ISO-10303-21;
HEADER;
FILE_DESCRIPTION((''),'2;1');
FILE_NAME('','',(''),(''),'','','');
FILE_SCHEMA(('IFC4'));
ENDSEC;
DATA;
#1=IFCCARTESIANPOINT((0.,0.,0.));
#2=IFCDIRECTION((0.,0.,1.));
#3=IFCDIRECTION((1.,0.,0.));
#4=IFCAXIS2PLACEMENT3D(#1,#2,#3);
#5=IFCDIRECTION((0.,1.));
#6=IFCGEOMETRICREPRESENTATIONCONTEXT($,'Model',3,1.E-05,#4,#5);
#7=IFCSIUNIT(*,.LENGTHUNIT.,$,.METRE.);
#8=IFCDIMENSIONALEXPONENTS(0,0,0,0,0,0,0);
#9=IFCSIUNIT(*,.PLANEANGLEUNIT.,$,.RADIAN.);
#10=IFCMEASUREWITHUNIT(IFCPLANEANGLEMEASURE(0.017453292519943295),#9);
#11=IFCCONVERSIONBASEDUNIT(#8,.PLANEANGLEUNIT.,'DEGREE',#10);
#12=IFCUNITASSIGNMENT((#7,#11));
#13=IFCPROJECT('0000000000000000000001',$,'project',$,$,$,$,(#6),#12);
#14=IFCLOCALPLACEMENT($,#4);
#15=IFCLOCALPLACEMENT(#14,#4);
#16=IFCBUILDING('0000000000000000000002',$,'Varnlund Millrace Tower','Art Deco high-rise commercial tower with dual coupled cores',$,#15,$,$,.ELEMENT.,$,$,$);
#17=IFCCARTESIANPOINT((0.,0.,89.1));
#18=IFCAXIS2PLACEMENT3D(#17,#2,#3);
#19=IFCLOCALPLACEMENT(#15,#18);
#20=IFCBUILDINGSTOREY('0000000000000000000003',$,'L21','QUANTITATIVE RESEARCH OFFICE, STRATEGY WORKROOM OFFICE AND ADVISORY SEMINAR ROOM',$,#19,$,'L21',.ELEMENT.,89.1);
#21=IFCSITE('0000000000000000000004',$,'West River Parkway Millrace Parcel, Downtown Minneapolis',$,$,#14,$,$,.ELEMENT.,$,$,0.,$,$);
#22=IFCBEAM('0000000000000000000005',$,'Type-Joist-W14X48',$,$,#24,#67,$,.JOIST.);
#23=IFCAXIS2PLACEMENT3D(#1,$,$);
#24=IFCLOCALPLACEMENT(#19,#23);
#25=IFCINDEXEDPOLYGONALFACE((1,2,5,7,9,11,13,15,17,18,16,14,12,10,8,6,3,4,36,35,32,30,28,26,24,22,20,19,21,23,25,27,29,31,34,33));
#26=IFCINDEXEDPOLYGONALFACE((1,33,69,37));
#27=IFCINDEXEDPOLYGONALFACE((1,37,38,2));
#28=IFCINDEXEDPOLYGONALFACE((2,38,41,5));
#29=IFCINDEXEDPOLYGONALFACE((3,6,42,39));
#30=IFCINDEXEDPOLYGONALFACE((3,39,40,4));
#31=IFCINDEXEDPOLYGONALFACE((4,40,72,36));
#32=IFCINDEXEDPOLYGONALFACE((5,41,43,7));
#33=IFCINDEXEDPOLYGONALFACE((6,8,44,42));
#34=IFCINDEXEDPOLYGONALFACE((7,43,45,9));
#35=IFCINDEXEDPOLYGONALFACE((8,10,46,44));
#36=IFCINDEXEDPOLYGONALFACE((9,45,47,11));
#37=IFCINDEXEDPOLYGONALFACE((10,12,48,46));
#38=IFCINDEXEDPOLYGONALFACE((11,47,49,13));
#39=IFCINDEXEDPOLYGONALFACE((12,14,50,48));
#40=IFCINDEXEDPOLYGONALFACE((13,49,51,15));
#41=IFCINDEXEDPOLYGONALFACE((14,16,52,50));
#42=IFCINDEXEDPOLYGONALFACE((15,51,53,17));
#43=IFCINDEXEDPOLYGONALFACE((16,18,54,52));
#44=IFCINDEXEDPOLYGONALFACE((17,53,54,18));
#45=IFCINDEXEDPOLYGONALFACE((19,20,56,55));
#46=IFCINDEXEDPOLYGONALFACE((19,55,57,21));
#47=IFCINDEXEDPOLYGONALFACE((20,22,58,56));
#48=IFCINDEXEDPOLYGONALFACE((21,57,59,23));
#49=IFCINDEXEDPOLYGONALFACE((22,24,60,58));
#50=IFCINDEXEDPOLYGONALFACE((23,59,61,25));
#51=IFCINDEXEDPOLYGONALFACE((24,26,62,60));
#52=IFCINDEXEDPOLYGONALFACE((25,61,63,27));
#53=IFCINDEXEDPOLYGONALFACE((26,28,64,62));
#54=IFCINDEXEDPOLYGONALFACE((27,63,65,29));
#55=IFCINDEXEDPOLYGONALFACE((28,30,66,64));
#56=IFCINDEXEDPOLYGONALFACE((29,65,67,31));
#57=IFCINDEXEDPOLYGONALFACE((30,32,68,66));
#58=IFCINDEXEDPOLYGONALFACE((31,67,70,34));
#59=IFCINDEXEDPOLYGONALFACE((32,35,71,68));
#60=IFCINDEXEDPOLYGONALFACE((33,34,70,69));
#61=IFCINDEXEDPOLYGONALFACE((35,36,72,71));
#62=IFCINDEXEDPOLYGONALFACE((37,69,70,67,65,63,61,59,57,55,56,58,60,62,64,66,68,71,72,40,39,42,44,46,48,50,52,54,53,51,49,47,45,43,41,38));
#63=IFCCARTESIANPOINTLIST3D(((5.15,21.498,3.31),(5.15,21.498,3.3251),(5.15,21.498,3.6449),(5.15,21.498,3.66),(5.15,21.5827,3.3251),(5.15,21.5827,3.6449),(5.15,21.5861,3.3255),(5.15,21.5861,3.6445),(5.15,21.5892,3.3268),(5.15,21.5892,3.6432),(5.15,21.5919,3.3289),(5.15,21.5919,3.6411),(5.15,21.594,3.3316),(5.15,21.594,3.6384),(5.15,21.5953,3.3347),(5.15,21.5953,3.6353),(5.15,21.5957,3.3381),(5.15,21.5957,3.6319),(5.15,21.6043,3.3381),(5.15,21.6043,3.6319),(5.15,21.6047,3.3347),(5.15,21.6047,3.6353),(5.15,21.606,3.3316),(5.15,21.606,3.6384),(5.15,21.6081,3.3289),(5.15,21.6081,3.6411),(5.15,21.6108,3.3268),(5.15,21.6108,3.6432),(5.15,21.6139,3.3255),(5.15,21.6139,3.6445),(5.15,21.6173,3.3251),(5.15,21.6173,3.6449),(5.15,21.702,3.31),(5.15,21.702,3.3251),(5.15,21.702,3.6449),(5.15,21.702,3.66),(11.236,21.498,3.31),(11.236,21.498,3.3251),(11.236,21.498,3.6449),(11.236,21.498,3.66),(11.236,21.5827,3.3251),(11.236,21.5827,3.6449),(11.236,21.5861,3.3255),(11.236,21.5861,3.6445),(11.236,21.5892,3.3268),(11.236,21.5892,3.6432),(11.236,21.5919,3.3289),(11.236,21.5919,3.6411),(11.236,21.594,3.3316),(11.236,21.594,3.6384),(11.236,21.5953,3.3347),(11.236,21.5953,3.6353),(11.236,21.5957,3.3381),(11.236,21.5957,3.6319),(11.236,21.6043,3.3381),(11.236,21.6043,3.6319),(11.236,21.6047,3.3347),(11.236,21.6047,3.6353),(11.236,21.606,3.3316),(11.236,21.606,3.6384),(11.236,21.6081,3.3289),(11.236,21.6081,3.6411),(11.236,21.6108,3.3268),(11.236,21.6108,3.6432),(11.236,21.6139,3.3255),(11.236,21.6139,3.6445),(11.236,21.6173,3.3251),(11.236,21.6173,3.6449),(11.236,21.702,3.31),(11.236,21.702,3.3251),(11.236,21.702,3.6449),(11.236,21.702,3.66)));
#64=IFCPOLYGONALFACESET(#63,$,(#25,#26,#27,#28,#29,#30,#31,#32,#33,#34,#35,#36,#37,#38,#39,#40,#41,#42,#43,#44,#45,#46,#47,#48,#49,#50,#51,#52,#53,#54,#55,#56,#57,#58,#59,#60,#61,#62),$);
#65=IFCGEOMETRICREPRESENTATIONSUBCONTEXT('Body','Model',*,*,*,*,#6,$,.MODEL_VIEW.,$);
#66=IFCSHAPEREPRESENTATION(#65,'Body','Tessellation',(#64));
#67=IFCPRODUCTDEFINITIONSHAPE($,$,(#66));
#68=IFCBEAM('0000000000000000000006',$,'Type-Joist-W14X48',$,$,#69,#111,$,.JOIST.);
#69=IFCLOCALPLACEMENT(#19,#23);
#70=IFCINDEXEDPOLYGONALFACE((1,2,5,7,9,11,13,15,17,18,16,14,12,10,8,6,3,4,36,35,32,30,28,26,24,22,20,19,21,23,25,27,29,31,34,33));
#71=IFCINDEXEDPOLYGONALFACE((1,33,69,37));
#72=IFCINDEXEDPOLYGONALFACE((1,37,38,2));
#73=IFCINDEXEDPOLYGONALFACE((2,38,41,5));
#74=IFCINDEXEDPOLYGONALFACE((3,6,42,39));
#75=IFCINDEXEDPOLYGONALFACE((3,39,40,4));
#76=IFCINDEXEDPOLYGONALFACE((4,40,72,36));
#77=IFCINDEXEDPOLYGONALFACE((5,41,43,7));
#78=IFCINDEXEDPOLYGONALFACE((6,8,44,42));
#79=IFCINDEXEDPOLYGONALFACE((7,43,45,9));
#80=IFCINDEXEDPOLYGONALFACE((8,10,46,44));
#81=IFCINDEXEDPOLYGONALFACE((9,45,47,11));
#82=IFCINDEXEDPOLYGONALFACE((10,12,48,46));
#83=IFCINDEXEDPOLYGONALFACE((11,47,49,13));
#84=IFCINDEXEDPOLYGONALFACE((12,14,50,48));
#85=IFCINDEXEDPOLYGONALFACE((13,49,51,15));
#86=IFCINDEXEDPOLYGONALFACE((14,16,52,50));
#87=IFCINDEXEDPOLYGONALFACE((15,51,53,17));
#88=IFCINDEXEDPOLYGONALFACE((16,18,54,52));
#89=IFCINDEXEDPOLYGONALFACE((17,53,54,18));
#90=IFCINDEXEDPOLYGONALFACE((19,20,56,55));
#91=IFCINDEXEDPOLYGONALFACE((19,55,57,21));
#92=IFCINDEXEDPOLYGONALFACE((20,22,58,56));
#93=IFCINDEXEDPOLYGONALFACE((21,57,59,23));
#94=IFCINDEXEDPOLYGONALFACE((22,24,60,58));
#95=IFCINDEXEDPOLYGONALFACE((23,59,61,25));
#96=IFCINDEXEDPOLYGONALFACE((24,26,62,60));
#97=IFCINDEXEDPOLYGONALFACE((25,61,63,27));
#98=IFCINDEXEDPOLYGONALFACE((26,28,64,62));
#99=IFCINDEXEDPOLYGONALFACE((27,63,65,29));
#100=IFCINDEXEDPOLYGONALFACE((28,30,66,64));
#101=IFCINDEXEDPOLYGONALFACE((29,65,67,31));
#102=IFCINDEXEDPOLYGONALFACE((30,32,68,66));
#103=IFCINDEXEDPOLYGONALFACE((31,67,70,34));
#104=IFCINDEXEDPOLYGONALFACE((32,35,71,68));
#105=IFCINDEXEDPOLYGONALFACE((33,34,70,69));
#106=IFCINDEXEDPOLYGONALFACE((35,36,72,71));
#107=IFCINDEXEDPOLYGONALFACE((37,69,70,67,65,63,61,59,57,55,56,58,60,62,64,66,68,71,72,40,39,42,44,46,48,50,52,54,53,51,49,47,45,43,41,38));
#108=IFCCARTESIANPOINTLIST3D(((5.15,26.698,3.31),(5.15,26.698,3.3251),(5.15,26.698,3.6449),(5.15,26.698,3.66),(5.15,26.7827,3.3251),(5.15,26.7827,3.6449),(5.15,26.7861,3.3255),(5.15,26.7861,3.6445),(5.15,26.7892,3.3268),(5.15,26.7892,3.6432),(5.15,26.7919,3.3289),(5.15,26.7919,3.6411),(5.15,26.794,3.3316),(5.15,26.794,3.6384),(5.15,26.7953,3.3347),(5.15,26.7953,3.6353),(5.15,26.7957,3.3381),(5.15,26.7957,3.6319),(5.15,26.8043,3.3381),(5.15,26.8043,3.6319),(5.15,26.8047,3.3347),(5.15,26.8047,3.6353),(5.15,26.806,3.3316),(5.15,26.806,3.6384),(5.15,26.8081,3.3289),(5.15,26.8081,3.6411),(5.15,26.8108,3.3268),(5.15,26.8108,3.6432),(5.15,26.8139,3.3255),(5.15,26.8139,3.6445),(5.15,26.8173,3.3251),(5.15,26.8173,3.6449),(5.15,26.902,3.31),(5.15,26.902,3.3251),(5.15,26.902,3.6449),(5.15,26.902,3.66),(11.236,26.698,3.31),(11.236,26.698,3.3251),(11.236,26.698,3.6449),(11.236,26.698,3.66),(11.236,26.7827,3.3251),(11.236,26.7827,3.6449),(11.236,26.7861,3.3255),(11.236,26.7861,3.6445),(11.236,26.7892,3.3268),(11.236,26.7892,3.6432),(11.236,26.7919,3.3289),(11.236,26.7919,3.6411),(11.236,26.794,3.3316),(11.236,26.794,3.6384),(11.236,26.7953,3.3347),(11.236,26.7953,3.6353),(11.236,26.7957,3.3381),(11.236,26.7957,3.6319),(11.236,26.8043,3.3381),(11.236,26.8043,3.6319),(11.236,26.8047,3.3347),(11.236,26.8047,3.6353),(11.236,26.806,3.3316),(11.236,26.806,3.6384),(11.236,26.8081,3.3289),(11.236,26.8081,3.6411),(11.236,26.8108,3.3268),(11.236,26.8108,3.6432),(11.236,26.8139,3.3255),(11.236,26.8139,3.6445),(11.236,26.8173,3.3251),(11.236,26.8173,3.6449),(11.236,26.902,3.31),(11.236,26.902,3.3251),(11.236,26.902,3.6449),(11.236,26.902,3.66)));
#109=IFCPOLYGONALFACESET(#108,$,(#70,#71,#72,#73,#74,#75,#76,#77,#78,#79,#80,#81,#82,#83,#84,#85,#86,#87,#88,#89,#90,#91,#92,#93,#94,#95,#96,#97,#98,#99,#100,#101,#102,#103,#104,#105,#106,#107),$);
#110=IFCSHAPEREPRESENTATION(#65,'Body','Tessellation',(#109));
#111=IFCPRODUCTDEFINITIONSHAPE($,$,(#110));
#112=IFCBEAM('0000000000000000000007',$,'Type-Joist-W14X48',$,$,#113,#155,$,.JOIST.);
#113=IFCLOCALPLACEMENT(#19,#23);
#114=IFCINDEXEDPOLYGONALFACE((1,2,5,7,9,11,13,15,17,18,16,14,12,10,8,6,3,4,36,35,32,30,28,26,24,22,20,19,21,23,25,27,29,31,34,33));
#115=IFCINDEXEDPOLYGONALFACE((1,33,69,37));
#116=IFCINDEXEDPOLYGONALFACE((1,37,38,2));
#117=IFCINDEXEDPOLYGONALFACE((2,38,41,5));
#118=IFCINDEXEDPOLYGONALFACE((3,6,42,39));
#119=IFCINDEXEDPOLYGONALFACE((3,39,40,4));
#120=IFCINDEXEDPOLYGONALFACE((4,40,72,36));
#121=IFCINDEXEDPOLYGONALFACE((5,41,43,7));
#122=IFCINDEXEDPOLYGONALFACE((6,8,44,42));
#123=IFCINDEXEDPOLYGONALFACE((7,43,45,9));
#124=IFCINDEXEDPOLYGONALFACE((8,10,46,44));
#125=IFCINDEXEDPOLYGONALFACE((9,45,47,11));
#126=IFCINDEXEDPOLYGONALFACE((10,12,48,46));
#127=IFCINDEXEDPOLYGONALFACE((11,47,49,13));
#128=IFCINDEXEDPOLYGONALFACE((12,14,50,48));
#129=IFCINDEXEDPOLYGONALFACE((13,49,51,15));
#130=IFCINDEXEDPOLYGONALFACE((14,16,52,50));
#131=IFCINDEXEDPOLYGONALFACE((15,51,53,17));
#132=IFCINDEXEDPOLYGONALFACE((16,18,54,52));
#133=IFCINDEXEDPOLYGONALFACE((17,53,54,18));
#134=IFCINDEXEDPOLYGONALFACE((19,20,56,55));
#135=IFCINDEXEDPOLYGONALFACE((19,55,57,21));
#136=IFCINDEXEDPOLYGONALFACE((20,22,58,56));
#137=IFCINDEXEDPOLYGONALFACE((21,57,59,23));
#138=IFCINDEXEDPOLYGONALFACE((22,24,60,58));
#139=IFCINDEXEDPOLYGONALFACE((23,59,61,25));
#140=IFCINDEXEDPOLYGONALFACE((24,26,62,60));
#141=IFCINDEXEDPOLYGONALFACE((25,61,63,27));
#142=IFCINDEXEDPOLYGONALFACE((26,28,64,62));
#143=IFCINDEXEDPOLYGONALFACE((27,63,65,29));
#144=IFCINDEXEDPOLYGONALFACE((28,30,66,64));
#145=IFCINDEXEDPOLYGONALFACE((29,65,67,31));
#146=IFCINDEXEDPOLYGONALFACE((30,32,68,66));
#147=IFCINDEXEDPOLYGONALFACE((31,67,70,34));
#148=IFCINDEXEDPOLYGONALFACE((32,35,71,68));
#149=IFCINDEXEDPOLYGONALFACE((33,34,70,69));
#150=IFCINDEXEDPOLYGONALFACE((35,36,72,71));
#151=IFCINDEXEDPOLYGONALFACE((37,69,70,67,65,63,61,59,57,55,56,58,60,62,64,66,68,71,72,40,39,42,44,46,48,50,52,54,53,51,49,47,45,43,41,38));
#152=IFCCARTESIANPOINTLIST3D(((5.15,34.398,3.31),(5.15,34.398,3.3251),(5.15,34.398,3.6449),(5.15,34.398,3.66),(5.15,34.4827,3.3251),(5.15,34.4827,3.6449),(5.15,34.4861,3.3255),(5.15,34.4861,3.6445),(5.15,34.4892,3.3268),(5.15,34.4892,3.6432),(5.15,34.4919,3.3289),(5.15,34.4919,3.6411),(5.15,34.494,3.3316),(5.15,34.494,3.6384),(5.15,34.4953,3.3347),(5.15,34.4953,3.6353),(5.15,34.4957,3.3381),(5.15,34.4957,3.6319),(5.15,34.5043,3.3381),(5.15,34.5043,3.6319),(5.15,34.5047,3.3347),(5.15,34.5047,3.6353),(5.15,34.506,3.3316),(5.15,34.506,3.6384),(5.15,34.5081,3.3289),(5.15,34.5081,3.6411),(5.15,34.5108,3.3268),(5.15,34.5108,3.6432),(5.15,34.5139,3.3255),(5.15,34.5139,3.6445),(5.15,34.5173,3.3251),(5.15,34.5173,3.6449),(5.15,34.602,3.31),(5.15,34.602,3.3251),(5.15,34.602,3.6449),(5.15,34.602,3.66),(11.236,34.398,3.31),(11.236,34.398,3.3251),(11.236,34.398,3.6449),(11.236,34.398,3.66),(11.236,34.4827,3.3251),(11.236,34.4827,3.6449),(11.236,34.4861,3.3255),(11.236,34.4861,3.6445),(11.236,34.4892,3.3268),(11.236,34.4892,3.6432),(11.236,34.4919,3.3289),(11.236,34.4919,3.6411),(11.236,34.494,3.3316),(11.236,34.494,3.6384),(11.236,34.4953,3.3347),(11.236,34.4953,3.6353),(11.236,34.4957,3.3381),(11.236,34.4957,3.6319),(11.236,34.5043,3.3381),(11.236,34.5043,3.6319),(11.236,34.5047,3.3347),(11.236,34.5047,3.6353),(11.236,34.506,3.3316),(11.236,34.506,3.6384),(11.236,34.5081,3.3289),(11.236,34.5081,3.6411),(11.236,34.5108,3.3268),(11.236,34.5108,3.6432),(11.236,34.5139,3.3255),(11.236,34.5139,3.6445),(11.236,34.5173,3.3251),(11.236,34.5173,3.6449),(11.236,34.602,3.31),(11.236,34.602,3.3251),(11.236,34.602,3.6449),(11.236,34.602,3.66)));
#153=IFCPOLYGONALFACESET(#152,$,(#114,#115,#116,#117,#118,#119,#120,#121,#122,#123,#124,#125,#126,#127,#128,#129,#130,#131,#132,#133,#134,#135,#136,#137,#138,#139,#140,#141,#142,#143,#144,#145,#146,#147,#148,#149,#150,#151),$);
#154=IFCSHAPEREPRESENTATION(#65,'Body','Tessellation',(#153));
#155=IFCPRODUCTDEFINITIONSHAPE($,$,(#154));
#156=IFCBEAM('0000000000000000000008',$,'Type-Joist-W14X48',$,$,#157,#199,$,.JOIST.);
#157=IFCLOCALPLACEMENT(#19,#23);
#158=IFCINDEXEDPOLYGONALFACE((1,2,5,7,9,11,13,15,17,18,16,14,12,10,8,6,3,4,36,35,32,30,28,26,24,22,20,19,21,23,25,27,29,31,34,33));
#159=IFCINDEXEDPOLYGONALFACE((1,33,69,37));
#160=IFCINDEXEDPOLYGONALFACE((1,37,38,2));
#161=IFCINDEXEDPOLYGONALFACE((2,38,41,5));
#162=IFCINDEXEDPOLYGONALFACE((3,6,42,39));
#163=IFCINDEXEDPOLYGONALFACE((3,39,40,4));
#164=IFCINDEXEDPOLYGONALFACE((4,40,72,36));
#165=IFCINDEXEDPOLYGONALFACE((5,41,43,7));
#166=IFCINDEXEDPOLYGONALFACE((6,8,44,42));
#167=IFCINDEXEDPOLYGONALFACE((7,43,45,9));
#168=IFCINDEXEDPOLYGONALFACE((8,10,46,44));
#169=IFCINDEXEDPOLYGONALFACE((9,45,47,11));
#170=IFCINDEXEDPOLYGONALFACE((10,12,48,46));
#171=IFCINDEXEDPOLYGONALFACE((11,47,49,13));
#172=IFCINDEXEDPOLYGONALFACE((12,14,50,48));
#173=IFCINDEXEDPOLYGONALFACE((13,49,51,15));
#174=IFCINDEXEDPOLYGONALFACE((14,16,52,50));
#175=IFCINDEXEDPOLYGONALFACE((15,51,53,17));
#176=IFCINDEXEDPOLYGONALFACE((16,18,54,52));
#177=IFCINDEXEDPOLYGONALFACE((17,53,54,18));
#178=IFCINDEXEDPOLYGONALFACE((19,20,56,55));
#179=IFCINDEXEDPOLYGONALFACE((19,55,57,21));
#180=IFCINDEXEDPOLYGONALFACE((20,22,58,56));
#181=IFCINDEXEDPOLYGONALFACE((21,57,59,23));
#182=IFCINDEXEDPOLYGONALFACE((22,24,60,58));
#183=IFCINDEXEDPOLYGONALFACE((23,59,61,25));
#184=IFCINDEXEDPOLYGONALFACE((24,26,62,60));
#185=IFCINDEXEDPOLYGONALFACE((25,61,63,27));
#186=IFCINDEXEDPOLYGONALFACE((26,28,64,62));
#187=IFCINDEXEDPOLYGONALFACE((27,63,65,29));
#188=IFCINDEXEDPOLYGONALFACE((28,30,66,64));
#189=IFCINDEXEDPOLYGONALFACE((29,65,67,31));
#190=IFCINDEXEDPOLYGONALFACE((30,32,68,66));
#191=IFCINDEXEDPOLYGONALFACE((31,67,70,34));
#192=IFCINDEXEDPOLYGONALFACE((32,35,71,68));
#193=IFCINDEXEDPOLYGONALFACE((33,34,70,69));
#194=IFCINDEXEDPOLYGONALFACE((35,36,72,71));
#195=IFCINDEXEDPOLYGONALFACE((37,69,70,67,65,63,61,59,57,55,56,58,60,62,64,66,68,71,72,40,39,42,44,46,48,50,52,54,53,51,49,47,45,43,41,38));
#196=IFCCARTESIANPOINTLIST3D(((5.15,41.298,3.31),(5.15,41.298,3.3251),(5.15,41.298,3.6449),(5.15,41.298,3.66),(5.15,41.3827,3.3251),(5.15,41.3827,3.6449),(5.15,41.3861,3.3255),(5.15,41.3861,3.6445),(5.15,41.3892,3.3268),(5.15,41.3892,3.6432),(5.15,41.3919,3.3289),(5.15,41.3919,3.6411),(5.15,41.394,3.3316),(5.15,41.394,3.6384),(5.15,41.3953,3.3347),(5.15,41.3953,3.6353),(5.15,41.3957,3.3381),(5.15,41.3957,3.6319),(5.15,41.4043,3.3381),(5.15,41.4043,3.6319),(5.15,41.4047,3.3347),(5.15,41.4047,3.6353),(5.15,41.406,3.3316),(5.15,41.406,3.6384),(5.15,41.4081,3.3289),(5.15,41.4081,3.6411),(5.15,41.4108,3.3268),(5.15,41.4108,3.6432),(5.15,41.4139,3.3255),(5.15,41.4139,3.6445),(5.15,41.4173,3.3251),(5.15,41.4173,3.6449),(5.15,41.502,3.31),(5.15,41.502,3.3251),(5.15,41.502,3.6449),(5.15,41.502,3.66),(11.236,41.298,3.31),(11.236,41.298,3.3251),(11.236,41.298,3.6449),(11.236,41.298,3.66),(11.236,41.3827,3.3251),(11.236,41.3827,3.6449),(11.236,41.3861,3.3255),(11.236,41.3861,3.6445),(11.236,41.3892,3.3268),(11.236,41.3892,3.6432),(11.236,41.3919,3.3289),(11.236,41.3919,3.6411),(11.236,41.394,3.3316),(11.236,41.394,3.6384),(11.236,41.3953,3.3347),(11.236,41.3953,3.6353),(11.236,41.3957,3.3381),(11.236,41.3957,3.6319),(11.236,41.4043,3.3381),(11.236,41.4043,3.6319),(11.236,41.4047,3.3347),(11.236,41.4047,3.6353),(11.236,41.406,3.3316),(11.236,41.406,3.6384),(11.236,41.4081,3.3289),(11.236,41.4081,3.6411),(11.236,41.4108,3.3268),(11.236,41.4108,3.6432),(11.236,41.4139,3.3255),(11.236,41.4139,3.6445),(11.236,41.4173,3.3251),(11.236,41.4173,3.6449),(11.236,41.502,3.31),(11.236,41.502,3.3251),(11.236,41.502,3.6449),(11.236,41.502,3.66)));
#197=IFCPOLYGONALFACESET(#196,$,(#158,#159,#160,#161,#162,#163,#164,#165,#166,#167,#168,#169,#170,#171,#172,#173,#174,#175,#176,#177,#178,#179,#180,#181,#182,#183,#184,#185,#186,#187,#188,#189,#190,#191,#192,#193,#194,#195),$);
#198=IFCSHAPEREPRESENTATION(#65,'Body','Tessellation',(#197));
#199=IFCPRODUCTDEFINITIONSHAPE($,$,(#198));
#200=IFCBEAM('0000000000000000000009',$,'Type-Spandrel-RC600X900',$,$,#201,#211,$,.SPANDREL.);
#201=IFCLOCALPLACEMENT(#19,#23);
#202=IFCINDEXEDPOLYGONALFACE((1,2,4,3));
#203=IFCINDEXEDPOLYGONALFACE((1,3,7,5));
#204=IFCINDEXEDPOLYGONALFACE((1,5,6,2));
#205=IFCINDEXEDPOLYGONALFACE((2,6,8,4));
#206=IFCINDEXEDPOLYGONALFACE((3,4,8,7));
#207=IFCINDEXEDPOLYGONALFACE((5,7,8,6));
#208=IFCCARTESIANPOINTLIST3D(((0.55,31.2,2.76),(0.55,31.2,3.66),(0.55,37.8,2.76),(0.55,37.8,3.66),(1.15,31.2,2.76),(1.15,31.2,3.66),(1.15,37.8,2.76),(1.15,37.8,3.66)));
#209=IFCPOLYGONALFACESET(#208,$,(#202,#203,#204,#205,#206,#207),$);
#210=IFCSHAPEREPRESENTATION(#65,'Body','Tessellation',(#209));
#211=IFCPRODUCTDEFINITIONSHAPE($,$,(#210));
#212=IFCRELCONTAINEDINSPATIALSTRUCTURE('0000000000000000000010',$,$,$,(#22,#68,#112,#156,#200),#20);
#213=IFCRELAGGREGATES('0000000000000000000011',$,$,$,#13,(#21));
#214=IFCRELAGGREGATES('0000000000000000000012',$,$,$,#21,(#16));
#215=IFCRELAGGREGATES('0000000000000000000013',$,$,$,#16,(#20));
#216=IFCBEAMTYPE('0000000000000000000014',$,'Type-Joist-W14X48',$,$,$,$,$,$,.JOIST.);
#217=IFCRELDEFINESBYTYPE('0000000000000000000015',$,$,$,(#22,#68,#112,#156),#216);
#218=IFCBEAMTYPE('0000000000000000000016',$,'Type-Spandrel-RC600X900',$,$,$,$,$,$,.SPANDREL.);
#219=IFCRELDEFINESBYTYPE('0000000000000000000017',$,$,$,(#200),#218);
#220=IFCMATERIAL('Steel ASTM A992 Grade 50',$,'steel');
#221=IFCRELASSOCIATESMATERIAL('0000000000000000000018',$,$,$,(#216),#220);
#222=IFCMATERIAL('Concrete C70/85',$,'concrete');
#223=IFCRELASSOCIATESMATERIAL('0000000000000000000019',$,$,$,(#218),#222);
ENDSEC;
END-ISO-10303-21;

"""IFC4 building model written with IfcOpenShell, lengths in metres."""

from ifc_helpers import new_model, entity, si_unit, converted_unit, direction, frame, origin_with_axes, origin_2d_with_axis, place, context, subcontext, project, spatial, rectangle, i_section, extrude, material, material_profile, profile_set, type_object, element, save


model = new_model("IFC4")

# Units and contexts
model_context = context("Model", 3, precision=1e-05, world=origin_with_axes(), true_north=direction((0.0, 1.0)))
body_context = subcontext(model_context, "Body", "Model", "MODEL_VIEW")
ifc_project = project(units=[si_unit("LENGTHUNIT", "METRE"), converted_unit("PLANEANGLEUNIT", "DEGREE", entity("IfcPlaneAngleMeasure", 0.017453292519943295), si_unit("PLANEANGLEUNIT", "RADIAN"), dimensions=[0, 0, 0, 0, 0, 0, 0])], contexts=[model_context])

# Site, building, storey
site_placement = place(None, origin_with_axes())
site = spatial("IfcSite", under=ifc_project, at=site_placement, Name="West River Parkway Millrace Parcel, Downtown Minneapolis", CompositionType="ELEMENT", RefElevation=0.0)
building_placement = place(site_placement, origin_with_axes())
building = spatial("IfcBuilding", under=site, at=building_placement, Name="Varnlund Millrace Tower", Description="Art Deco high-rise commercial tower with dual coupled cores", CompositionType="ELEMENT")
storey_placement = place(building_placement, frame((0.0, 0.0, 89.1), z_axis=(0.0, 0.0, 1.0), x_axis=(1.0, 0.0, 0.0)))
storey = spatial("IfcBuildingStorey", under=building, at=storey_placement, Name="L21", Description="QUANTITATIVE RESEARCH OFFICE, STRATEGY WORKROOM OFFICE AND ADVISORY SEMINAR ROOM", LongName="L21", CompositionType="ELEMENT", Elevation=89.1)

# Beams
ifc_material_1 = material(Name="Steel ASTM A992 Grade 50", Category="steel")
ifc_material_profile_1 = material_profile(ifc_material_1, i_section(OverallWidth=0.204, OverallDepth=0.35, WebThickness=0.0086, FlangeThickness=0.0151, FilletRadius=0.013, at=origin_2d_with_axis()), Name="Steel ASTM A992 Grade 50")
ifc_profile_set_1 = profile_set([ifc_material_profile_1], Name="Steel ASTM A992 Grade 50")
beam_type_1 = type_object("IfcBeamType", Name="Type-Joist-W14X48", PredefinedType="JOIST", material=ifc_profile_set_1)
for number, where, z_axis, x_axis, name in (
    (1, (5.15, 21.6, 3.485), (1.0, 0.0, 0.0), (0.0, 1.0, 0.0), "Type-Joist-W14X48"),
    (2, (5.15, 26.8, 3.485), (1.0, 0.0, 0.0), (0.0, 1.0, 0.0), "Type-Joist-W14X48"),
    (3, (5.15, 34.5, 3.485), (1.0, 0.0, 0.0), (0.0, 1.0, 0.0), "Type-Joist-W14X48"),
    (4, (5.15, 41.4, 3.485), (1.0, 0.0, 0.0), (0.0, 1.0, 0.0), "Type-Joist-W14X48"),
):
    element("IfcBeam", number, at=place(storey_placement, frame(where, z_axis=z_axis, x_axis=x_axis)), inside=storey, type_object=beam_type_1, Name=name, PredefinedType="JOIST", context=body_context, shape_type="SweptSolid", body=[
        extrude(i_section(OverallWidth=0.204, OverallDepth=0.35, WebThickness=0.0086, FlangeThickness=0.0151, FilletRadius=0.013, at=origin_2d_with_axis()), origin_with_axes(), (0.0, 0.0, 1.0), 6.086),
    ])
ifc_material_2 = material(Name="Concrete C70/85", Category="concrete")
ifc_material_profile_2 = material_profile(ifc_material_2, rectangle(XDim=0.6, YDim=0.9, at=origin_2d_with_axis()), Name="Concrete C70/85")
ifc_profile_set_2 = profile_set([ifc_material_profile_2], Name="Concrete C70/85")
beam_type_2 = type_object("IfcBeamType", Name="Type-Spandrel-RC600X900", PredefinedType="SPANDREL", material=ifc_profile_set_2)
beam_1_placement = place(storey_placement, frame((0.85, 31.2, 3.21), z_axis=(0.0, 1.0, 0.0), x_axis=(-1.0, 0.0, 0.0)))
element("IfcBeam", 5, at=beam_1_placement, inside=storey, type_object=beam_type_2, Name="Type-Spandrel-RC600X900", PredefinedType="SPANDREL", context=body_context, shape_type="SweptSolid", body=[
    extrude(rectangle(XDim=0.6, YDim=0.9, at=origin_2d_with_axis()), origin_with_axes(), (0.0, 0.0, 1.0), 6.6),
])

save(model, "model.ifc")
